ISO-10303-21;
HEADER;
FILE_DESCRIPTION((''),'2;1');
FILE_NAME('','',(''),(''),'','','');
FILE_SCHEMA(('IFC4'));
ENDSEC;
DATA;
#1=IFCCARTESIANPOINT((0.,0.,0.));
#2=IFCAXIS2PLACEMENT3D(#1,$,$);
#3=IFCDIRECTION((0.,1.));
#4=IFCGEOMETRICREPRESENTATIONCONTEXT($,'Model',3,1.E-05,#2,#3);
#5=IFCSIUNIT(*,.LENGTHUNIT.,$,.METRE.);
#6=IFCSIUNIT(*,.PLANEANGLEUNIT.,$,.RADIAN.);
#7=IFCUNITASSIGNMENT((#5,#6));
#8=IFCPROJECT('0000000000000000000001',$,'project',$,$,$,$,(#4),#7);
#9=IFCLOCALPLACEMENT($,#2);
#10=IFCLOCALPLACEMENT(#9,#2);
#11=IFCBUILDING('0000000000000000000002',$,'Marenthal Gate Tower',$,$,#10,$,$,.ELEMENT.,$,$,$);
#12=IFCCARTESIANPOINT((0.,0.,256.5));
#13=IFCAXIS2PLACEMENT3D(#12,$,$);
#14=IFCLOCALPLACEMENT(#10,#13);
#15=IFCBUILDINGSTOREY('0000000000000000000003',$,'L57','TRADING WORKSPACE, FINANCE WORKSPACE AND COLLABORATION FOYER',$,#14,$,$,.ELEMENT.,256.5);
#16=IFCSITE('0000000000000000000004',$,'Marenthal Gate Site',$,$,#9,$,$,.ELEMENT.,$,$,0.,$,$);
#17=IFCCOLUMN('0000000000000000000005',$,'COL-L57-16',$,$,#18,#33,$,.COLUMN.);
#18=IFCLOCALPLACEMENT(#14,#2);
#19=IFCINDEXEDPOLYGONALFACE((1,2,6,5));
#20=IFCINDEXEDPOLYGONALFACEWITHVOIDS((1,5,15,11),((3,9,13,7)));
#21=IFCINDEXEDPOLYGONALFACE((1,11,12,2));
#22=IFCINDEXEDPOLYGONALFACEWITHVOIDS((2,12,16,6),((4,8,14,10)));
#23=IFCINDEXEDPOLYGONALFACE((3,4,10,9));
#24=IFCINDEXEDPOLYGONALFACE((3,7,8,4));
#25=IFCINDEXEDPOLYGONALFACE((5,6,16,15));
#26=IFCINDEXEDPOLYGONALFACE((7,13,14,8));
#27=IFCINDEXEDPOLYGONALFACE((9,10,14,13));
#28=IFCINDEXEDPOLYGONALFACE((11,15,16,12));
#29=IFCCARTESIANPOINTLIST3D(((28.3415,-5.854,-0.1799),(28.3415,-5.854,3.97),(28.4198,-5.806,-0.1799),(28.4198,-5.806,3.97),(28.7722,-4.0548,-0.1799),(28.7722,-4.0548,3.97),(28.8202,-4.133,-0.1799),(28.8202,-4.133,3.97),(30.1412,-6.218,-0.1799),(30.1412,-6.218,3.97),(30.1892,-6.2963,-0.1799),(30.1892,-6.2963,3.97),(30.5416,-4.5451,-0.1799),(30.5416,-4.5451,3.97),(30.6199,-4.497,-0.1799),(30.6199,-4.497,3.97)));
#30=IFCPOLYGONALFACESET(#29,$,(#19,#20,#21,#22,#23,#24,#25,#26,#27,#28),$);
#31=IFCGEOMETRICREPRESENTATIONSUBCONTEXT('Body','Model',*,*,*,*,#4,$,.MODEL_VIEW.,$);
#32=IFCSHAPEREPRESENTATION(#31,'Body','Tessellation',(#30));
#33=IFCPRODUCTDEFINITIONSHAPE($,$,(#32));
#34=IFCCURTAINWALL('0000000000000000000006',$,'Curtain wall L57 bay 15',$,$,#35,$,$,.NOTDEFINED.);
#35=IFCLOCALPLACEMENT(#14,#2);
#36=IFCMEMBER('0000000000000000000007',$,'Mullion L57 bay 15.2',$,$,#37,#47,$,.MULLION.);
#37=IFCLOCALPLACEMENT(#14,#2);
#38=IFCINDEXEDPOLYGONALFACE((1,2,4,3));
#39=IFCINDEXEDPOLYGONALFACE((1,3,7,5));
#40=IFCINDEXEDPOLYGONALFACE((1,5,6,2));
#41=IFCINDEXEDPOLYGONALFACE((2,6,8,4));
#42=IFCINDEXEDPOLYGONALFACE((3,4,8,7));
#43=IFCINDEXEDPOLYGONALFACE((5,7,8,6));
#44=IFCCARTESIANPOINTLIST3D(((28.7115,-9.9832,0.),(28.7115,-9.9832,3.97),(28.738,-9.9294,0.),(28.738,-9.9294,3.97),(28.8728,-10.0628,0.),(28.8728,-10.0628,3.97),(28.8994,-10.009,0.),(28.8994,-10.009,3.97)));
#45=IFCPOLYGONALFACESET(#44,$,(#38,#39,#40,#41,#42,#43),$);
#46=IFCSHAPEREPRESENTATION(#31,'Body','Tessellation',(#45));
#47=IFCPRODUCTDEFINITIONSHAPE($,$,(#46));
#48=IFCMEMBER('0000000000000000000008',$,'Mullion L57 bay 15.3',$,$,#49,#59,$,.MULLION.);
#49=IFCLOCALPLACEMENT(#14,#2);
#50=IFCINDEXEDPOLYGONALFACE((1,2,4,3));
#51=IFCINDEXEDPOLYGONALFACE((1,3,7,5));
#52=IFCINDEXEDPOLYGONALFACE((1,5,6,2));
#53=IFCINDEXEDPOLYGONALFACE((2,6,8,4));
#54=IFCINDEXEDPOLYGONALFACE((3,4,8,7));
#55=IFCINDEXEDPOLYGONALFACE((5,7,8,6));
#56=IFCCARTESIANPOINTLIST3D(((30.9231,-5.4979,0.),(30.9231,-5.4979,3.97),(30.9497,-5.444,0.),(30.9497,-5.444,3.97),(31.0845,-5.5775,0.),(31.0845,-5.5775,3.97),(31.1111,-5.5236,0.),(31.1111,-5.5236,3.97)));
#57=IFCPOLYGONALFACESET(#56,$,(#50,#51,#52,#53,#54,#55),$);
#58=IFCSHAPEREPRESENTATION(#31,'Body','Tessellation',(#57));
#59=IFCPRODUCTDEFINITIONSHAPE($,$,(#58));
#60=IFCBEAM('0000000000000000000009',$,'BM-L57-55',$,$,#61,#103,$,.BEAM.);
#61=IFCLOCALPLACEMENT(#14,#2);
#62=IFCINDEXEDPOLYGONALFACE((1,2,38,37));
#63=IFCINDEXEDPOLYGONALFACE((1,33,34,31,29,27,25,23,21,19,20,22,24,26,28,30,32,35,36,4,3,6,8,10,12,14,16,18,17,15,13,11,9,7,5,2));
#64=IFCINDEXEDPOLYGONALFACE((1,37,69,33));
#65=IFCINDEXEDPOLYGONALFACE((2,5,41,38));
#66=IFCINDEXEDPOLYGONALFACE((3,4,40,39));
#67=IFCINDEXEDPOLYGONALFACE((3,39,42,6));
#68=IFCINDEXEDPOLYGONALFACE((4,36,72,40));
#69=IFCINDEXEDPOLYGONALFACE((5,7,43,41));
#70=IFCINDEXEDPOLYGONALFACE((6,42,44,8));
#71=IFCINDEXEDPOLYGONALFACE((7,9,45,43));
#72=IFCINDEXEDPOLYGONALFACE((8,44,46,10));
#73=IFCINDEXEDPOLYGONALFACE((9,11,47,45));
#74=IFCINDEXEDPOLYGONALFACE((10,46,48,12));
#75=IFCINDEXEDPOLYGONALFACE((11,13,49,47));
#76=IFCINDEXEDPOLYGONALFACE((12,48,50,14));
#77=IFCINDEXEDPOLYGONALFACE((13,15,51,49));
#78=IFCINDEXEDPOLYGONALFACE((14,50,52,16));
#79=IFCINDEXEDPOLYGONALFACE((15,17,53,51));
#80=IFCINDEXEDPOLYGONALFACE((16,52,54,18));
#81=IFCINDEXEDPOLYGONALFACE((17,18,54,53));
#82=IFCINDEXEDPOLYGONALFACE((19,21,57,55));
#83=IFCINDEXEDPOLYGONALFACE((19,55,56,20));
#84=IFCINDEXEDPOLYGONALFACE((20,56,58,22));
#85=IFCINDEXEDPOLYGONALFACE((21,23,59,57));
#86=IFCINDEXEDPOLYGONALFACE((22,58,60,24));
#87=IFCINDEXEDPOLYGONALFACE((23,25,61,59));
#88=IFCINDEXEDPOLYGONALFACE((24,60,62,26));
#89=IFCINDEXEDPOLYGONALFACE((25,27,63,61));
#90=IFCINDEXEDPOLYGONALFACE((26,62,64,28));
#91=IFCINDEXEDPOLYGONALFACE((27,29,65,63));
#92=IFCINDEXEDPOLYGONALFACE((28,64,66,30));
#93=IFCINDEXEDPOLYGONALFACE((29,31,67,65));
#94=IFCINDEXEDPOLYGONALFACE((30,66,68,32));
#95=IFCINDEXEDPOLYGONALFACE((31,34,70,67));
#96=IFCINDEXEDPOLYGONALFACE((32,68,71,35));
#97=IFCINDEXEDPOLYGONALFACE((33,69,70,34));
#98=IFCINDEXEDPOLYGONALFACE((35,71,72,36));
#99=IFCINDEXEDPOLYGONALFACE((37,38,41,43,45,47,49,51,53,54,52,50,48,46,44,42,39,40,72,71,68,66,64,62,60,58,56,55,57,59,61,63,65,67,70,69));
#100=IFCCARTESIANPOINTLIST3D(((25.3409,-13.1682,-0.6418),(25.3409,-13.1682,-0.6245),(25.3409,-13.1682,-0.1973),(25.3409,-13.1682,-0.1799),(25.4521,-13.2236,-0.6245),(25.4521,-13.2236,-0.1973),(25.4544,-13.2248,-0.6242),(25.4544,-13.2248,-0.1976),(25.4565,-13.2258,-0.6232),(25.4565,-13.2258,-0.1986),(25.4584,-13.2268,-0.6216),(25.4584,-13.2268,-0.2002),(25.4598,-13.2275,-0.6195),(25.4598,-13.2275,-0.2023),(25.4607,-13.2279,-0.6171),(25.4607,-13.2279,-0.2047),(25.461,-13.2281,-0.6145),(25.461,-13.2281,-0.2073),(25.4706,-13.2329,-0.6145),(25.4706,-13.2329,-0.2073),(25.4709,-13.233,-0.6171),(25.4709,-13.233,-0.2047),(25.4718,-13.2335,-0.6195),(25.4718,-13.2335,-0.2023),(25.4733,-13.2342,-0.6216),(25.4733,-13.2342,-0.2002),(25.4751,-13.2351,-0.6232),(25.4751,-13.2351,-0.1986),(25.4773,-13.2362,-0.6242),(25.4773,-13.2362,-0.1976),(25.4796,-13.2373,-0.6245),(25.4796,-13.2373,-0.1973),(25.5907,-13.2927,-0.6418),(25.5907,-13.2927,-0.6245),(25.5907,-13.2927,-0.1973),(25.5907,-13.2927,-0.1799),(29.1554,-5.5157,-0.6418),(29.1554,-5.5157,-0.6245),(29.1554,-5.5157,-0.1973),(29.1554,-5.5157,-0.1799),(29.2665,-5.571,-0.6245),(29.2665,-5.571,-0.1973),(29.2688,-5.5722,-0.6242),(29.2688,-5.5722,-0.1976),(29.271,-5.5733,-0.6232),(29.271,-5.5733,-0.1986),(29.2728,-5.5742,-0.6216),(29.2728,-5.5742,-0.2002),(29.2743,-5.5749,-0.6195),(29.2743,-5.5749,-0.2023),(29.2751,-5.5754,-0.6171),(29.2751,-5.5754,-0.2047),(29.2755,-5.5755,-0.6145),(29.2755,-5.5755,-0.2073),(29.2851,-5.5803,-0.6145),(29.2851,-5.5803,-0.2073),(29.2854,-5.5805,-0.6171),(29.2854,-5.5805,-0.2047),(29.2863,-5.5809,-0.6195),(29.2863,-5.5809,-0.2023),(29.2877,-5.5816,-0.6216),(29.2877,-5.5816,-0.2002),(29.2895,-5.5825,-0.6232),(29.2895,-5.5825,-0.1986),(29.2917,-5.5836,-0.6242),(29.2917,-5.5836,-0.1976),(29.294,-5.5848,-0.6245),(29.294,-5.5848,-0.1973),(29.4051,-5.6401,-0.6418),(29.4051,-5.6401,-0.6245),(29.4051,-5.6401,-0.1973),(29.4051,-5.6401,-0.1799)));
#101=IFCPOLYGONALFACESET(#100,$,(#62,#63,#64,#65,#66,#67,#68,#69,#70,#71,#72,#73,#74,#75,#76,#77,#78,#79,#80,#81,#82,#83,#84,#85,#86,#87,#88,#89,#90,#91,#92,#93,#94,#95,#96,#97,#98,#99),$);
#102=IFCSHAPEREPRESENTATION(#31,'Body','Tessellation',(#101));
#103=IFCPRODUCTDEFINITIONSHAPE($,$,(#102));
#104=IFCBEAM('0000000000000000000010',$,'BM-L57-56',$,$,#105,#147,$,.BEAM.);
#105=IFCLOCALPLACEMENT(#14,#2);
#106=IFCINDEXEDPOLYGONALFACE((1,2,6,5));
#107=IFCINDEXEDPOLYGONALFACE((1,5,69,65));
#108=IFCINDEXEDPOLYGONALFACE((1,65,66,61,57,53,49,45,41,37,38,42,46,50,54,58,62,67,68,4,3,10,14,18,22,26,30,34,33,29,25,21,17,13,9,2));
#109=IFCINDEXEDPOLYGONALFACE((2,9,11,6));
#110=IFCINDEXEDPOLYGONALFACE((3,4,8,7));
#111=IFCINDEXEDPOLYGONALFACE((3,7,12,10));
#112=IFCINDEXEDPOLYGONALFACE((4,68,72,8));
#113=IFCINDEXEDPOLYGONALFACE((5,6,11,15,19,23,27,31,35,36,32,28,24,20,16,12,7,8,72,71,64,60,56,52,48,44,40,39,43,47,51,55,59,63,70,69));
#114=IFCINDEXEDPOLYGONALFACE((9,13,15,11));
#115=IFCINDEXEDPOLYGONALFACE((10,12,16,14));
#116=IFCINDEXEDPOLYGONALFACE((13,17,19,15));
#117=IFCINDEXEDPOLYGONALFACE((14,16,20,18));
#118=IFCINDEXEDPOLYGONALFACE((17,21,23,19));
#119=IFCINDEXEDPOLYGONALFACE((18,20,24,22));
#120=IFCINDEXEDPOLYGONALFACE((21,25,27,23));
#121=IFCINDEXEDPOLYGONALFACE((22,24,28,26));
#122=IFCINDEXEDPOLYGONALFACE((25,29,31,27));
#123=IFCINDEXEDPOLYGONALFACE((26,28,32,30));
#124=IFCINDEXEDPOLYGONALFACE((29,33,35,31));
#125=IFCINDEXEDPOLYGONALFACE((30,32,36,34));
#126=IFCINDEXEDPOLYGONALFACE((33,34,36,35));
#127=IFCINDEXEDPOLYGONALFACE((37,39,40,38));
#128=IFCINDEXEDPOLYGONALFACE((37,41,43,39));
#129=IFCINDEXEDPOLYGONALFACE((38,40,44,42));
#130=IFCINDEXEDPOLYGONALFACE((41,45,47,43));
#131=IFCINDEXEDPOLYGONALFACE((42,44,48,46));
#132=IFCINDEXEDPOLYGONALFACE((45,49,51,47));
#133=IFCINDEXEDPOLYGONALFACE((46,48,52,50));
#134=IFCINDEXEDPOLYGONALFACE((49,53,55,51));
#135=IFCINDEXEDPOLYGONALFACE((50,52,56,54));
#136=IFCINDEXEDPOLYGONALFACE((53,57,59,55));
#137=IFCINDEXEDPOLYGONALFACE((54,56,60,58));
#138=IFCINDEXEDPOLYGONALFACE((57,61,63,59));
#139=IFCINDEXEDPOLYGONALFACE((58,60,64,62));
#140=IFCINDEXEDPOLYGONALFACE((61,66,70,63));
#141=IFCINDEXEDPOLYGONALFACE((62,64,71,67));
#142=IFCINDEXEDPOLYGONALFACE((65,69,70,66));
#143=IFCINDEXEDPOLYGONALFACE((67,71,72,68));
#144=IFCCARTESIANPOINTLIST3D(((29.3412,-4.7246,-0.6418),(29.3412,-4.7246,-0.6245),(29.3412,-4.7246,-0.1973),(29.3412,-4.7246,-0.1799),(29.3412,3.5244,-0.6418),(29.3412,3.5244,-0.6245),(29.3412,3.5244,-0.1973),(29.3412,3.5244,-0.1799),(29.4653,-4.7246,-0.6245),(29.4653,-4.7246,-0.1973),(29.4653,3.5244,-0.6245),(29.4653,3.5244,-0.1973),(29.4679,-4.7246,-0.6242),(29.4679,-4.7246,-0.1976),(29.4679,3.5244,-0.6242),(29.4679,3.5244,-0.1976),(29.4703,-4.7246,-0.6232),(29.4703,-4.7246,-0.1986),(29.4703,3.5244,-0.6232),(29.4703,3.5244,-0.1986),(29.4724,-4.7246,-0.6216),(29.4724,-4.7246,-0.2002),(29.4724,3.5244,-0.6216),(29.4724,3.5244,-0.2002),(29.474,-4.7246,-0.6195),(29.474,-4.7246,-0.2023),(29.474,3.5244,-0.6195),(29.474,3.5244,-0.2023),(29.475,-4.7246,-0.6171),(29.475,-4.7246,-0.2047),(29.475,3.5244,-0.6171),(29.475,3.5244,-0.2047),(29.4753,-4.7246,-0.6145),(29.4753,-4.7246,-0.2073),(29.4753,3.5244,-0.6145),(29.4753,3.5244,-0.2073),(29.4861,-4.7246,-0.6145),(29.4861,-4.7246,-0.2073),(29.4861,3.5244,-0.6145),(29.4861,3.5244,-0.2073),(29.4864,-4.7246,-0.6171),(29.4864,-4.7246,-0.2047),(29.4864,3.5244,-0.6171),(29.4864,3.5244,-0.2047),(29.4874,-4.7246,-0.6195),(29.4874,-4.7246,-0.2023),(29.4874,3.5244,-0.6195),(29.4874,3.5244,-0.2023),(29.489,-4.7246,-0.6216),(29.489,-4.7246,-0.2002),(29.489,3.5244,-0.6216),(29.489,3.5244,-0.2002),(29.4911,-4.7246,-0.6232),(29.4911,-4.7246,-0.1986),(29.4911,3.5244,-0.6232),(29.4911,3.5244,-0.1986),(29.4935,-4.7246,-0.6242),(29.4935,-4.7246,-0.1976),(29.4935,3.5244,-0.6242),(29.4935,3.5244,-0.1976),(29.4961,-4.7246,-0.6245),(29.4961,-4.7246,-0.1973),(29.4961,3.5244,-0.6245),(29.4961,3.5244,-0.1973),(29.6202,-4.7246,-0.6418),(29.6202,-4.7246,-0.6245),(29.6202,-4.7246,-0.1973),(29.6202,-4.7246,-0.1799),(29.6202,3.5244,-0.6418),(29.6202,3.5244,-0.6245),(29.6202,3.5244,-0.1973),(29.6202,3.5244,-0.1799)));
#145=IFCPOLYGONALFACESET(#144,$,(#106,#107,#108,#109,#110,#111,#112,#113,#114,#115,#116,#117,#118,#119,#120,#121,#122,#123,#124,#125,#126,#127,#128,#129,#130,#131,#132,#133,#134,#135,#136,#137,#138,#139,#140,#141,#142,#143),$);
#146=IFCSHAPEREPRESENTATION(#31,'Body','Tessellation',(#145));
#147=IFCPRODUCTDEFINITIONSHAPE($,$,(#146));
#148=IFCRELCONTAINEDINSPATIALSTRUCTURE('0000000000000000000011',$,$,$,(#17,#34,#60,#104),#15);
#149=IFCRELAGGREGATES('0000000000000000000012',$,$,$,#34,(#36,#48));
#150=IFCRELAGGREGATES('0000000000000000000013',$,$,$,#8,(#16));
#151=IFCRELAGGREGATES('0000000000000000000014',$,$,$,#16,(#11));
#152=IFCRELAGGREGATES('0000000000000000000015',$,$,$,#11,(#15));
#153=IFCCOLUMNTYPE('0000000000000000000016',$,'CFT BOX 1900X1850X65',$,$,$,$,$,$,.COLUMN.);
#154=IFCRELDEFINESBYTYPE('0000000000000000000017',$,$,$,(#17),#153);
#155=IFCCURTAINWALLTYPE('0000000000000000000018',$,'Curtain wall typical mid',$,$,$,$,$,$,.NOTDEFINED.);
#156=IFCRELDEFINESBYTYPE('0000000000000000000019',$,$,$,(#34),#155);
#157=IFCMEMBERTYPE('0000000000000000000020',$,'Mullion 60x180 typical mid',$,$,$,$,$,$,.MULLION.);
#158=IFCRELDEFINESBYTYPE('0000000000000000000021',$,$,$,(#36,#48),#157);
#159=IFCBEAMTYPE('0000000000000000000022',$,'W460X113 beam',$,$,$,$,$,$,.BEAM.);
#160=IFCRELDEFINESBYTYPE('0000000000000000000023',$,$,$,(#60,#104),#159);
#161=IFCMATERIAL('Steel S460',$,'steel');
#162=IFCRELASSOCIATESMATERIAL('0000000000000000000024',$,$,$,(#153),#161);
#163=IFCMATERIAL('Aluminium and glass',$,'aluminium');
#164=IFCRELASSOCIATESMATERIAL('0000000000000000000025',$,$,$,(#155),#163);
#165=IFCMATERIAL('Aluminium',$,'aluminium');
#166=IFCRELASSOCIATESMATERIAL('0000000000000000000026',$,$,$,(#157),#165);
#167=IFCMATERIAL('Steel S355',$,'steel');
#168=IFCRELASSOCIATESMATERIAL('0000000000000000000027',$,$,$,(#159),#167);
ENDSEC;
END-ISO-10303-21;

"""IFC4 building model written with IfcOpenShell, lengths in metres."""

from ifc_helpers import new_model, si_unit, direction, frame, origin, origin_2d, place, context, subcontext, project, spatial, rectangle, hollow_rectangle, i_section, extrude, material, material_profile, profile_set, type_object, element, aggregate, save


model = new_model("IFC4")

# Units and contexts
model_context = context("Model", 3, precision=1e-05, world=origin(), true_north=direction((0.0, 1.0)))
body_context = subcontext(model_context, "Body", "Model", "MODEL_VIEW")
ifc_project = project(units=[si_unit("LENGTHUNIT", "METRE"), si_unit("PLANEANGLEUNIT", "RADIAN")], contexts=[model_context])

# Site, building, storey
site_placement = place(None, origin())
site = spatial("IfcSite", under=ifc_project, at=site_placement, Name="Marenthal Gate Site", CompositionType="ELEMENT", RefElevation=0.0)
building_placement = place(site_placement, origin())
building = spatial("IfcBuilding", under=site, at=building_placement, Name="Marenthal Gate Tower", CompositionType="ELEMENT")
storey_placement = place(building_placement, frame((0.0, 0.0, 256.5)))
storey = spatial("IfcBuildingStorey", under=building, at=storey_placement, Name="L57", Description="TRADING WORKSPACE, FINANCE WORKSPACE AND COLLABORATION FOYER", CompositionType="ELEMENT", Elevation=256.5)

# Column
ifc_material_1 = material(Name="Steel S460", Category="steel")
ifc_material_profile_1 = material_profile(ifc_material_1, hollow_rectangle(XDim=1.8501, YDim=1.8999, WallThickness=0.0649, at=origin_2d()), Name="CFT BOX 1900X1850X65")
ifc_material_2 = material(Name="Concrete 70 MPa", Category="concrete")
ifc_material_profile_2 = material_profile(ifc_material_2, rectangle(XDim=1.72, YDim=1.77, at=origin_2d()), Name="CFT BOX 1900X1850X65 INFILL")
ifc_profile_set_1 = profile_set([ifc_material_profile_1, ifc_material_profile_2], Name="Steel S460 shell, Concrete 70 MPa infill")
column_type = type_object("IfcColumnType", Name="CFT BOX 1900X1850X65", PredefinedType="COLUMN", material=ifc_profile_set_1)
column_placement = place(storey_placement, frame((29.4807, -5.1755, -0.1799), z_axis=(0.0, 0.0, 1.0), x_axis=(-0.232783, -0.972529, 0.0)))
element("IfcColumn", 1, at=column_placement, inside=storey, type_object=column_type, Name="COL-L57-16", PredefinedType="COLUMN", context=body_context, shape_type="SweptSolid", body=[
    extrude(hollow_rectangle(XDim=1.8501, YDim=1.8999, WallThickness=0.0649, at=origin_2d()), origin(), (0.0, 0.0, 1.0), 4.1499),
])

# Curtain wall, members
ifc_material_3 = material(Name="Aluminium and glass", Category="aluminium")
curtain_wall_type = type_object("IfcCurtainWallType", Name="Curtain wall typical mid", PredefinedType="NOTDEFINED", material=ifc_material_3)
curtain_wall_placement = place(storey_placement, origin())
curtain_wall = element("IfcCurtainWall", 2, at=curtain_wall_placement, inside=storey, type_object=curtain_wall_type, Name="Curtain wall L57 bay 15", PredefinedType="NOTDEFINED")
ifc_material_4 = material(Name="Aluminium", Category="aluminium")
ifc_material_profile_3 = material_profile(ifc_material_4, rectangle(XDim=0.1799, YDim=0.0601, at=origin_2d()), Name="60x180 aluminium mullion")
ifc_profile_set_2 = profile_set([ifc_material_profile_3], Name="Aluminium")
member_type = type_object("IfcMemberType", Name="Mullion 60x180 typical mid", PredefinedType="MULLION", material=ifc_profile_set_2)
member_1_placement = place(storey_placement, frame((28.8054, -9.9961, 0.0), z_axis=(0.0, 0.0, 1.0), x_axis=(-0.896882, 0.442269, 0.0)))
member_1 = element("IfcMember", 3, at=member_1_placement, type_object=member_type, Name="Mullion L57 bay 15.2", PredefinedType="MULLION", context=body_context, shape_type="SweptSolid", body=[
    extrude(rectangle(XDim=0.1799, YDim=0.0601, at=origin_2d()), origin(), (0.0, 0.0, 1.0), 3.97),
])
member_2_placement = place(storey_placement, frame((31.0171, -5.5107, 0.0), z_axis=(0.0, 0.0, 1.0), x_axis=(-0.896882, 0.442269, 0.0)))
member_2 = element("IfcMember", 4, at=member_2_placement, type_object=member_type, Name="Mullion L57 bay 15.3", PredefinedType="MULLION", context=body_context, shape_type="SweptSolid", body=[
    extrude(rectangle(XDim=0.1799, YDim=0.0601, at=origin_2d()), origin(), (0.0, 0.0, 1.0), 3.97),
])

# Beams
ifc_material_5 = material(Name="Steel S355", Category="steel")
ifc_material_profile_4 = material_profile(ifc_material_5, i_section(OverallWidth=0.2791, OverallDepth=0.4619, WebThickness=0.0107, FlangeThickness=0.0173, FilletRadius=0.01, at=origin_2d()), Name="W460X113")
ifc_profile_set_3 = profile_set([ifc_material_profile_4], Name="Steel S355")
beam_type_1 = type_object("IfcBeamType", Name="W460X113 beam", PredefinedType="BEAM", material=ifc_profile_set_3)
beam_1_placement = place(storey_placement, frame((25.4658, -13.2305, -0.4109), z_axis=(0.446105, 0.89498, 0.0), x_axis=(-0.89498, 0.446105, 0.0)))
element("IfcBeam", 5, at=beam_1_placement, inside=storey, type_object=beam_type_1, Name="BM-L57-55", PredefinedType="BEAM", context=body_context, shape_type="SweptSolid", body=[
    extrude(i_section(OverallWidth=0.2791, OverallDepth=0.4619, WebThickness=0.0107, FlangeThickness=0.0173, FilletRadius=0.01, at=origin_2d()), origin(), (0.0, 0.0, 1.0), 8.5505),
])
beam_2_placement = place(storey_placement, frame((29.4807, -4.7246, -0.4109), z_axis=(0.0, 1.0, 0.0), x_axis=(-1.0, 0.0, 0.0)))
element("IfcBeam", 6, at=beam_2_placement, inside=storey, type_object=beam_type_1, Name="BM-L57-56", PredefinedType="BEAM", context=body_context, shape_type="SweptSolid", body=[
    extrude(i_section(OverallWidth=0.2791, OverallDepth=0.4619, WebThickness=0.0107, FlangeThickness=0.0173, FilletRadius=0.01, at=origin_2d()), origin(), (0.0, 0.0, 1.0), 8.249),
])

aggregate(curtain_wall, [member_1, member_2])

save(model, "model.ifc")
